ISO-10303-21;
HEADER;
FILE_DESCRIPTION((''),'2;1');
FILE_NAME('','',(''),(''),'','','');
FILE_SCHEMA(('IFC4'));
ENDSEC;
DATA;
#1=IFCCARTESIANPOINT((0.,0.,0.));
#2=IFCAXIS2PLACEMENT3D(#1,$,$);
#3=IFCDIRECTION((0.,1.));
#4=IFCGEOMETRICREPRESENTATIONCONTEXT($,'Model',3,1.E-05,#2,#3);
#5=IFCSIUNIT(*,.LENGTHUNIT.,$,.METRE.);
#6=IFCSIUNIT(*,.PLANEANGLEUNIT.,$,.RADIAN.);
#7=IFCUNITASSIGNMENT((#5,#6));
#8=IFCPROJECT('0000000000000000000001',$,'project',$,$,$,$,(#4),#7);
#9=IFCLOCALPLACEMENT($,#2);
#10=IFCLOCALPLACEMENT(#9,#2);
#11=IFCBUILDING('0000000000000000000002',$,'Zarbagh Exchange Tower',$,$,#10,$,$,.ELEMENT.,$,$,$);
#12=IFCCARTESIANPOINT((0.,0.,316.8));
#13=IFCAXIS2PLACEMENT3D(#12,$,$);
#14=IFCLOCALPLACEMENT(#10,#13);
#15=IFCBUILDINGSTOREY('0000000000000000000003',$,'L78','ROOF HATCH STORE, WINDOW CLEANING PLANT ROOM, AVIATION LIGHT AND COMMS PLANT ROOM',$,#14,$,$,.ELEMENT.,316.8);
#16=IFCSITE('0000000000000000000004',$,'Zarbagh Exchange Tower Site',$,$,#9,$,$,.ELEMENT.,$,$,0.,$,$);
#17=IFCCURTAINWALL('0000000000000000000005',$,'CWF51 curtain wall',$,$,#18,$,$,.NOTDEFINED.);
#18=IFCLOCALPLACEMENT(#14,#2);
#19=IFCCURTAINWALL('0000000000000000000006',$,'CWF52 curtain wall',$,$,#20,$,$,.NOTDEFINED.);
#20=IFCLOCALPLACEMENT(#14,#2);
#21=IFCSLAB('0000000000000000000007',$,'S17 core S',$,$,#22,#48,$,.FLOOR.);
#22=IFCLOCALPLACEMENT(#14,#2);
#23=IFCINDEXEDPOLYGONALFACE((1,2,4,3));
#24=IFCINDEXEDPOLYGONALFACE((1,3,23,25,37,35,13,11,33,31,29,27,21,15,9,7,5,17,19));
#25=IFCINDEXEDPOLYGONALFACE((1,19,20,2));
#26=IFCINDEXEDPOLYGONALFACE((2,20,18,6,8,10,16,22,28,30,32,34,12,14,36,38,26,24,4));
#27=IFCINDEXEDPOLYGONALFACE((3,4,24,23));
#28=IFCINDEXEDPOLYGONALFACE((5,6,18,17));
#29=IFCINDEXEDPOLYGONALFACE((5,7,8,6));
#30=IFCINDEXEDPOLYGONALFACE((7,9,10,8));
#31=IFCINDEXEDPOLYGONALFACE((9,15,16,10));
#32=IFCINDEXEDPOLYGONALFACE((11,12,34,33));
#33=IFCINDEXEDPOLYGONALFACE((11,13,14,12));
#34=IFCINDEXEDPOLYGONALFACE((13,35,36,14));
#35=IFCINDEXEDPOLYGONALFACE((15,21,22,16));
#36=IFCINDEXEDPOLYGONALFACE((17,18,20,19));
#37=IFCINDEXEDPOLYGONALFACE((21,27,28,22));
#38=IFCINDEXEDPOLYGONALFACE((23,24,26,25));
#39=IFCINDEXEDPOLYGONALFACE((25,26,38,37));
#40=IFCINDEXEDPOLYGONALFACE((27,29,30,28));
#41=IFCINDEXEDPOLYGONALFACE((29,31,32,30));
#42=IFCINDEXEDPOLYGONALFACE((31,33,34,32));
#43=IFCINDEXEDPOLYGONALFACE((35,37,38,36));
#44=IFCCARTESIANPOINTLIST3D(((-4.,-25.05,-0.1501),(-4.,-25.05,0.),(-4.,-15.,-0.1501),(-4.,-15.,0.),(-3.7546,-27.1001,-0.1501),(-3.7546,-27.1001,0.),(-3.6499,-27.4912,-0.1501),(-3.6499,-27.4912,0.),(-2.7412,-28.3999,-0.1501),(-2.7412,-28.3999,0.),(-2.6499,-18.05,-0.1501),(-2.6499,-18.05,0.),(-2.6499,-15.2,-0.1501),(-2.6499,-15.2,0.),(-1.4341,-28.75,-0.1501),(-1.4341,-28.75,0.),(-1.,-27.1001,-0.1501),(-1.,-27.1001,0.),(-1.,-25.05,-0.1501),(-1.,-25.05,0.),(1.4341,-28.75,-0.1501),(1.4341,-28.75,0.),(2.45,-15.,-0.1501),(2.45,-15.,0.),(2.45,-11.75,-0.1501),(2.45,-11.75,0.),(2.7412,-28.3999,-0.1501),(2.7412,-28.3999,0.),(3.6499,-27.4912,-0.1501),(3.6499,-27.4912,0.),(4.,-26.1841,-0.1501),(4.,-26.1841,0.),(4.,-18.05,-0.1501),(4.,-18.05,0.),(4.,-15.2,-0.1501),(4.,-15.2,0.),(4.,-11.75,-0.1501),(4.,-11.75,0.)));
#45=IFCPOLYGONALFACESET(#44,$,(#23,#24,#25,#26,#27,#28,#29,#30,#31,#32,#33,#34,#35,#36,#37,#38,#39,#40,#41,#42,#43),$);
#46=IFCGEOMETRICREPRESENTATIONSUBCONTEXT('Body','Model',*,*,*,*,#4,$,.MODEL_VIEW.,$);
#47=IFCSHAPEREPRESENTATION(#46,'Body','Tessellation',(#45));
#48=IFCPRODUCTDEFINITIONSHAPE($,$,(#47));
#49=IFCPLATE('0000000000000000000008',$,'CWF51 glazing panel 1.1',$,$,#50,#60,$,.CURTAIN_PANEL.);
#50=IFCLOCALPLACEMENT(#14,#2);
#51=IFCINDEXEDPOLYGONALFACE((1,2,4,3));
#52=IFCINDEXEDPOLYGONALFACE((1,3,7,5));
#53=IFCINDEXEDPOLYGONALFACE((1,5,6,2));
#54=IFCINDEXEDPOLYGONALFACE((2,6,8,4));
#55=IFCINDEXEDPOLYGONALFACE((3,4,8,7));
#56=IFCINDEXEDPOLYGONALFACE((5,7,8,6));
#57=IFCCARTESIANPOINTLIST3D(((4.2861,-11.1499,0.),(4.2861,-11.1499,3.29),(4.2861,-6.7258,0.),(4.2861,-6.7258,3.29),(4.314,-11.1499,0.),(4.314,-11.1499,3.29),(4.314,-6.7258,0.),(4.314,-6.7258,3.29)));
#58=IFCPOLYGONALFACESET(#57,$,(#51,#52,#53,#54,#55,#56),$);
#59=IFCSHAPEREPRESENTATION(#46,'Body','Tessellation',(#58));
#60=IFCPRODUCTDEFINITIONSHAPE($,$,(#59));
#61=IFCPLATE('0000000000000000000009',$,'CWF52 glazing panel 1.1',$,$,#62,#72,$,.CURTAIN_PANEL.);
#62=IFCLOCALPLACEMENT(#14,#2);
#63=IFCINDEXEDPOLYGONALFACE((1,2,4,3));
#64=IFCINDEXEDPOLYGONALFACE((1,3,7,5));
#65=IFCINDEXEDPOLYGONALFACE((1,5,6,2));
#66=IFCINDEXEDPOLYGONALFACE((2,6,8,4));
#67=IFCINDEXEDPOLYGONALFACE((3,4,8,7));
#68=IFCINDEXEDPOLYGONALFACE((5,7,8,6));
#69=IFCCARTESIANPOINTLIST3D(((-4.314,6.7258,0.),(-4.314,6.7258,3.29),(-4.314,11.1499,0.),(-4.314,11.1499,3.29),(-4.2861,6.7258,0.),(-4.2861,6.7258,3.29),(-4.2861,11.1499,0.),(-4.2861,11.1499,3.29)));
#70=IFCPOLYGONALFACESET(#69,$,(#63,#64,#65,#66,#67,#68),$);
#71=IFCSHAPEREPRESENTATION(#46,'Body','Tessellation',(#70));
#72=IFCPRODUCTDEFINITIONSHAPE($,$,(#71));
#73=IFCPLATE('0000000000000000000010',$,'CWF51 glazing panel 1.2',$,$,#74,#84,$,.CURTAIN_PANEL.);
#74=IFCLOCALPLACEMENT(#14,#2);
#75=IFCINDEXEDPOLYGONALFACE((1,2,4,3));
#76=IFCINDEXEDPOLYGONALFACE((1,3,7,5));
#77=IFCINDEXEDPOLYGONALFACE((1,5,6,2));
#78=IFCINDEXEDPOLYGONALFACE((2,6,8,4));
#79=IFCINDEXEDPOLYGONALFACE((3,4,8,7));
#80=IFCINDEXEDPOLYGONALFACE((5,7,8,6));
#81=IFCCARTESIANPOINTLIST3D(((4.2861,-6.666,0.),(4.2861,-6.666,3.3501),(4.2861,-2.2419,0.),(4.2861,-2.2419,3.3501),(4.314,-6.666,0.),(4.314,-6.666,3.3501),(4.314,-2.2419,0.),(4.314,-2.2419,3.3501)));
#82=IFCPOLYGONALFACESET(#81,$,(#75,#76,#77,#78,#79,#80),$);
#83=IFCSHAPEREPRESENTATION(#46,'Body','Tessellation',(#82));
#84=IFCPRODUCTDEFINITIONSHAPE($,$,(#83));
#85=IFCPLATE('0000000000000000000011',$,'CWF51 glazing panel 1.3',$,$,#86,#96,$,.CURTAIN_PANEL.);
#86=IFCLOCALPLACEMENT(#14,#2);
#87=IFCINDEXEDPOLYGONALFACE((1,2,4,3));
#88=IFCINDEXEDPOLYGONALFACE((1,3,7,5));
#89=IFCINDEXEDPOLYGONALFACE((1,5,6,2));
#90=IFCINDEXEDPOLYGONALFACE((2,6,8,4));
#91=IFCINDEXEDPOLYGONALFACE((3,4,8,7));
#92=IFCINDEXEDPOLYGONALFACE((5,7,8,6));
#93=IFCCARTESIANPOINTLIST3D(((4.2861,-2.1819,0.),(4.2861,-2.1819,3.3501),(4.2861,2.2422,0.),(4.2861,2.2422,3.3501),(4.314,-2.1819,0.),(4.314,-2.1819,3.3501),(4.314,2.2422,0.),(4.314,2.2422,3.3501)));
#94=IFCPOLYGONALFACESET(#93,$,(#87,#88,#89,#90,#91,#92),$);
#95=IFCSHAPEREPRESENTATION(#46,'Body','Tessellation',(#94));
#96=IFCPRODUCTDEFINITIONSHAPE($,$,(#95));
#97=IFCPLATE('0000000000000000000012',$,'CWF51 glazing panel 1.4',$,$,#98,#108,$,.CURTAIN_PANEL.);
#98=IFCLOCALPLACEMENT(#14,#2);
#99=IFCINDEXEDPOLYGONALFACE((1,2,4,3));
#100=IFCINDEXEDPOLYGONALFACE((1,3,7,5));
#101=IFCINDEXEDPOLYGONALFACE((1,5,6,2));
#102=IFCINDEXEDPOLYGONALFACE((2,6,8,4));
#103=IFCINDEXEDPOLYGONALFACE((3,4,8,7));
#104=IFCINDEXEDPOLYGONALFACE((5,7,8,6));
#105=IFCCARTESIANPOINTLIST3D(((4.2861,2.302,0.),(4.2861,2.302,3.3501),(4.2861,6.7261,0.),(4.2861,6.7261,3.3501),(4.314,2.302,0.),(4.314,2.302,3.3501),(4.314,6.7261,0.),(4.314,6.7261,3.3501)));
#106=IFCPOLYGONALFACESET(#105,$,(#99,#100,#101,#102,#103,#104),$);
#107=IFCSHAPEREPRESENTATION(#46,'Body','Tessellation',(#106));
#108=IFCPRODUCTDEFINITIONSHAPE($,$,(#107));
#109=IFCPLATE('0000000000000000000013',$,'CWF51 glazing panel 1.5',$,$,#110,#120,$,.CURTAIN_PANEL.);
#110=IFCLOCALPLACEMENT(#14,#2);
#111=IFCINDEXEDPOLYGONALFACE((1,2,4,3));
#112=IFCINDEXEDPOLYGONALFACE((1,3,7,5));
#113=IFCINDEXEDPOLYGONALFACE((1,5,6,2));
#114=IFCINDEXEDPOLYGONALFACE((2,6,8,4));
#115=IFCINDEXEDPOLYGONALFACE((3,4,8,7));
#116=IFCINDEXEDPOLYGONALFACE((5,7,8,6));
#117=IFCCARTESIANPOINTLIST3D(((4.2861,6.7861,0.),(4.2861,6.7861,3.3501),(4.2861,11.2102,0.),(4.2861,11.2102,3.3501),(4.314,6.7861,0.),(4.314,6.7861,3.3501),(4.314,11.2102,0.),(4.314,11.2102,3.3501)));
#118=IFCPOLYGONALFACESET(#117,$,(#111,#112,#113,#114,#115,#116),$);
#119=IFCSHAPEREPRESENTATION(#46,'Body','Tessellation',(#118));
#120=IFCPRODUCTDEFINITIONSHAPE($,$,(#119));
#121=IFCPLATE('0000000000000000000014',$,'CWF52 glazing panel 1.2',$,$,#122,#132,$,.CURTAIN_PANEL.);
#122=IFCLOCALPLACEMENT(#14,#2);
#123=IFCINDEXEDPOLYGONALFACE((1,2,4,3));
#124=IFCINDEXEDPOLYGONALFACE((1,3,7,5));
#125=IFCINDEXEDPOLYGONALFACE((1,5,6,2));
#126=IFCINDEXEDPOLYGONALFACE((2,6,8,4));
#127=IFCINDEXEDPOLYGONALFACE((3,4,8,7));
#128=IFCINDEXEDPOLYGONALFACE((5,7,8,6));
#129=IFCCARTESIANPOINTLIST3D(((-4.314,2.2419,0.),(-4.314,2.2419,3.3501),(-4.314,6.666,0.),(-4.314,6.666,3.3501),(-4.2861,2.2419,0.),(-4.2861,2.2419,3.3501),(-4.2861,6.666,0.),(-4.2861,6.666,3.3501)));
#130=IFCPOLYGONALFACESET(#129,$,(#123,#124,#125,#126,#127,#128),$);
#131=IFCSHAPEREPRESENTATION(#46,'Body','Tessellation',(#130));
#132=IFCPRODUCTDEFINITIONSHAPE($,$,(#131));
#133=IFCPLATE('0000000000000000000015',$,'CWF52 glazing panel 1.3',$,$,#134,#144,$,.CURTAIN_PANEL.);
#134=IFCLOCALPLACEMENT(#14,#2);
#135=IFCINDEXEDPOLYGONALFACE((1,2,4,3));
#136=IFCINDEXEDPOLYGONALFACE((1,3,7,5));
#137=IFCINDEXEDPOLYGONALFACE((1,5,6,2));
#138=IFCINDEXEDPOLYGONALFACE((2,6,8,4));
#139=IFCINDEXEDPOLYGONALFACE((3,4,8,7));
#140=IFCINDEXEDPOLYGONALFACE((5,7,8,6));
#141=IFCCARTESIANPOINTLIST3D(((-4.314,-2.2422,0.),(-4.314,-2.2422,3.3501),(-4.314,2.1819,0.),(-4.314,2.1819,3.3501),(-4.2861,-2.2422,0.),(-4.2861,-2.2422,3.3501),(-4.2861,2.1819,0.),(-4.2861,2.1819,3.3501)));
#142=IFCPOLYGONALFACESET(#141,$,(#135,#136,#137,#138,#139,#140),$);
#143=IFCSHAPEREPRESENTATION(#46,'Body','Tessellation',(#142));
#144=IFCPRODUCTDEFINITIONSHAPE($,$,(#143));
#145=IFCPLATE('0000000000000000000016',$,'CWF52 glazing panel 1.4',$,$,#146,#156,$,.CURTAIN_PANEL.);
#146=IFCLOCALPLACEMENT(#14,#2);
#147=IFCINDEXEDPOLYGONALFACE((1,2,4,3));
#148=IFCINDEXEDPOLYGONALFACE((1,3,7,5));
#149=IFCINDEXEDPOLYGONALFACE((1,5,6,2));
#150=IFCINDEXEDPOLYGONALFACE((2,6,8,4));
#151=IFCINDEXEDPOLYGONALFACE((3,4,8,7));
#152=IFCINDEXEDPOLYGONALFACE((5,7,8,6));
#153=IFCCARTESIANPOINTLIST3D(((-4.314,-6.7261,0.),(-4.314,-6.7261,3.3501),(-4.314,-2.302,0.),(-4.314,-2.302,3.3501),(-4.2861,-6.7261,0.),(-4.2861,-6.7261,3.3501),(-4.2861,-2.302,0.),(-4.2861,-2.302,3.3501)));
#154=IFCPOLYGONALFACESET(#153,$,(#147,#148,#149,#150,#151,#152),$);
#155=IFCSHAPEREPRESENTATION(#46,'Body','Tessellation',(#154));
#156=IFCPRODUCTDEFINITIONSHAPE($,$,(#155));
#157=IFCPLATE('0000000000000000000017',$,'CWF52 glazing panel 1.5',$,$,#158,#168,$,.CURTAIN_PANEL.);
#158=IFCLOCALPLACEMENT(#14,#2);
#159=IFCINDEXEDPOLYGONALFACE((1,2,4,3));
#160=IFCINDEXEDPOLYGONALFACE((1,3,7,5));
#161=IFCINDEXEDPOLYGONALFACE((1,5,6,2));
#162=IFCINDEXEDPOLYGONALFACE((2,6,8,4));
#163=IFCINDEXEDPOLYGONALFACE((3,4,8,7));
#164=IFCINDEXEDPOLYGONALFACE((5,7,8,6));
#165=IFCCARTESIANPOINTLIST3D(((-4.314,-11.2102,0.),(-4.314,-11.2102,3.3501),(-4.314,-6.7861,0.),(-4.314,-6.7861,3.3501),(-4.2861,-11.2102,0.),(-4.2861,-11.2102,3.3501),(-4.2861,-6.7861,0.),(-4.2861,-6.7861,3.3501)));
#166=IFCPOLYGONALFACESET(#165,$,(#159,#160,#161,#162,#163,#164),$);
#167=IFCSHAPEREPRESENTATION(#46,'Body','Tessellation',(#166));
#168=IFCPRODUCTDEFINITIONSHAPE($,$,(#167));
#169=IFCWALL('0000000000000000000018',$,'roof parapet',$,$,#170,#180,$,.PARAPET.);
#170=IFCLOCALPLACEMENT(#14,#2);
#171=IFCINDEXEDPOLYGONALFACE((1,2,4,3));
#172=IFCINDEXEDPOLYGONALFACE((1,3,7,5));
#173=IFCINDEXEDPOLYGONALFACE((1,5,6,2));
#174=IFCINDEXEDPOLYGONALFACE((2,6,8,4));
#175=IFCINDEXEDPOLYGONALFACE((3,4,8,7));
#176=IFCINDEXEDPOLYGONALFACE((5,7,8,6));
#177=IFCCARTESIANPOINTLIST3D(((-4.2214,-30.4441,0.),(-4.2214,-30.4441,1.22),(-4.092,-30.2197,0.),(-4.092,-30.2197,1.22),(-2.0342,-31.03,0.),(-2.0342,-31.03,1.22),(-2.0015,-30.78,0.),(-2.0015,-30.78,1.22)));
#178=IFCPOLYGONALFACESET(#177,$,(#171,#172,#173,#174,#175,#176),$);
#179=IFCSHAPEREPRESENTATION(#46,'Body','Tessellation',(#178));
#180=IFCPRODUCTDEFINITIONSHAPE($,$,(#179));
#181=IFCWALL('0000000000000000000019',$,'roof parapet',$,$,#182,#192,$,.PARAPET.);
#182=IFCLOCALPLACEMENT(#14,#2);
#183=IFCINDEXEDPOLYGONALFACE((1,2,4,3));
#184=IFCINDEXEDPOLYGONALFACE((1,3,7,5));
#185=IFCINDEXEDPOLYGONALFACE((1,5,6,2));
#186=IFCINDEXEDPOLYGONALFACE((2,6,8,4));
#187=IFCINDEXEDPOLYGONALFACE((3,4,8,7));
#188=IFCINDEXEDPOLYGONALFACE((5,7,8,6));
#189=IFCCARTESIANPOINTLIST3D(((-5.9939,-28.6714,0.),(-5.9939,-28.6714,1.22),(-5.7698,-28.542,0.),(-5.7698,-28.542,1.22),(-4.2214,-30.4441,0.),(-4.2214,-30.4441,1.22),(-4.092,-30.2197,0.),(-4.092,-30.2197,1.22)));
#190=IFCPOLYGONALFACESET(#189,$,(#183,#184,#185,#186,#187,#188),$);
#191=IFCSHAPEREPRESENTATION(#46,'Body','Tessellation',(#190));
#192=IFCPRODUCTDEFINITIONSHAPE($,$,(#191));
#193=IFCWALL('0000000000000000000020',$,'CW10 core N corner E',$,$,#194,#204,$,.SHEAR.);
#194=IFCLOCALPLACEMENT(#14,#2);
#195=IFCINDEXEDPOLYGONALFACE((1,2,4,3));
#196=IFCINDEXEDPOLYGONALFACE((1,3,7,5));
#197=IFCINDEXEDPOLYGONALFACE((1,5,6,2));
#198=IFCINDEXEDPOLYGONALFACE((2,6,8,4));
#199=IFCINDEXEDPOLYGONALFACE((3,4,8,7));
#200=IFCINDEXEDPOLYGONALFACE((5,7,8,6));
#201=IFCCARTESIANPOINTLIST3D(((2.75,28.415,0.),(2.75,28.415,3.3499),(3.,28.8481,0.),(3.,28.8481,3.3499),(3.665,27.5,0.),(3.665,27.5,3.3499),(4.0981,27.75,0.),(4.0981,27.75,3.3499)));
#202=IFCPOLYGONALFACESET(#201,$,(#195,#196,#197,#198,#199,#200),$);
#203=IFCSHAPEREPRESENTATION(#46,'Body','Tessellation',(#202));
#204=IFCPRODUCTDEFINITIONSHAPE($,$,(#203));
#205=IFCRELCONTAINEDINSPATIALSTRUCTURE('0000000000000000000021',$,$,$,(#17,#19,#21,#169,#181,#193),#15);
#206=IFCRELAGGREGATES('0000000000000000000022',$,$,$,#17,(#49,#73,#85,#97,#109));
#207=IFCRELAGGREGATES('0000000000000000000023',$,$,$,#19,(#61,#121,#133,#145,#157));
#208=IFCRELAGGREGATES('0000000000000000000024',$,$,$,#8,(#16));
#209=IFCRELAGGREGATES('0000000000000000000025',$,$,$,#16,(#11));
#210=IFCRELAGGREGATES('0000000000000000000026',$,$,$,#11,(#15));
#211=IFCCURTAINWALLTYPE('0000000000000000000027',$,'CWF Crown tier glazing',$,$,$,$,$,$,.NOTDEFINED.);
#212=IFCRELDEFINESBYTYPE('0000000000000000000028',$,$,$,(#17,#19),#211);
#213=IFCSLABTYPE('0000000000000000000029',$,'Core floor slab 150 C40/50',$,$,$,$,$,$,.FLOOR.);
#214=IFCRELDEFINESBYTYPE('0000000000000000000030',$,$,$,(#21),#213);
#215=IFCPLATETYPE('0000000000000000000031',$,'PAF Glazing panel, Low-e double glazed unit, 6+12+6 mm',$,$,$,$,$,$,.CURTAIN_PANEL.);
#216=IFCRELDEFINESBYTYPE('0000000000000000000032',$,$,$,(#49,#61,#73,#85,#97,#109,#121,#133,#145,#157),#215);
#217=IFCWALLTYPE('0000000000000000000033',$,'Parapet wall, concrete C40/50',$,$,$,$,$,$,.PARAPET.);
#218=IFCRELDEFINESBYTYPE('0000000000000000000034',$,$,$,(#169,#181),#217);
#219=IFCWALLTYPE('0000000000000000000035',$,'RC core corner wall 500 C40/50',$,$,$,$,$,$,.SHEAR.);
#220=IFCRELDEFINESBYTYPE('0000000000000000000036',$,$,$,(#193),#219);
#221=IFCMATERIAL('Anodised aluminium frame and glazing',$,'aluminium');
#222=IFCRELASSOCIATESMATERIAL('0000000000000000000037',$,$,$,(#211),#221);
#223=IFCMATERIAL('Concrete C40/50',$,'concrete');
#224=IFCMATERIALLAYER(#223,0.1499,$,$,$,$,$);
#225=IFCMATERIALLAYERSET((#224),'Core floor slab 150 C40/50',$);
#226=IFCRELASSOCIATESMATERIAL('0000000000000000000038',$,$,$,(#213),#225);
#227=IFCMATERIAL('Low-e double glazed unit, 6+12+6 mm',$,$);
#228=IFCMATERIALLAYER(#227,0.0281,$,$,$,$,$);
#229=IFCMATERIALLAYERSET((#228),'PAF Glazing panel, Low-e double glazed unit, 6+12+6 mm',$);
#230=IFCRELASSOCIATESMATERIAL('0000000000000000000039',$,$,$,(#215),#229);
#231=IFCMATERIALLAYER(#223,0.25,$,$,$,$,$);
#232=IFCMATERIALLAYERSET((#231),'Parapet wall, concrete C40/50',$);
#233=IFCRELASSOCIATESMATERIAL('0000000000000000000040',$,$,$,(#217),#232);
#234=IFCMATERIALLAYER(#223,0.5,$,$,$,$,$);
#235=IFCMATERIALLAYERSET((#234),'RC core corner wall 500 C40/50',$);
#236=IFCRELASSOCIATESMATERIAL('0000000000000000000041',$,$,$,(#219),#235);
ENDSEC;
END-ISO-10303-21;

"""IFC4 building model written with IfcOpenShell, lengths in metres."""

from ifc_helpers import new_model, si_unit, direction, frame, origin, place, context, subcontext, project, spatial, polyline, outline, extrude, source, transform, mapped, material, layer, layer_set, type_object, element, aggregate, save


model = new_model("IFC4")

# Units and contexts
model_context = context("Model", 3, precision=1e-05, world=origin(), true_north=direction((0.0, 1.0)))
body_context = subcontext(model_context, "Body", "Model", "MODEL_VIEW")
ifc_project = project(units=[si_unit("LENGTHUNIT", "METRE"), si_unit("PLANEANGLEUNIT", "RADIAN")], contexts=[model_context])

# Site, building, storey
site_placement = place(None, origin())
site = spatial("IfcSite", under=ifc_project, at=site_placement, Name="Zarbagh Exchange Tower Site", CompositionType="ELEMENT", RefElevation=0.0)
building_placement = place(site_placement, origin())
building = spatial("IfcBuilding", under=site, at=building_placement, Name="Zarbagh Exchange Tower", CompositionType="ELEMENT")
storey_placement = place(building_placement, frame((0.0, 0.0, 316.8)))
storey = spatial("IfcBuildingStorey", under=building, at=storey_placement, Name="L78", Description="ROOF HATCH STORE, WINDOW CLEANING PLANT ROOM, AVIATION LIGHT AND COMMS PLANT ROOM", CompositionType="ELEMENT", Elevation=316.8)

# Curtain walls
ifc_material_1 = material(Name="Anodised aluminium frame and glazing", Category="aluminium")
curtain_wall_type = type_object("IfcCurtainWallType", Name="CWF Crown tier glazing", PredefinedType="NOTDEFINED", material=ifc_material_1)
curtain_wall_1_placement = place(storey_placement, origin())
curtain_wall_1 = element("IfcCurtainWall", 1, at=curtain_wall_1_placement, inside=storey, type_object=curtain_wall_type, Name="CWF51 curtain wall", PredefinedType="NOTDEFINED")
placement = place(storey_placement, origin())
curtain_wall_2_placement = place(storey_placement, origin())
curtain_wall_2 = element("IfcCurtainWall", 2, at=curtain_wall_2_placement, inside=storey, type_object=curtain_wall_type, Name="CWF52 curtain wall", PredefinedType="NOTDEFINED")

# Slab
ifc_material_2 = material(Name="Concrete C40/50", Category="concrete")
ifc_layer_1 = layer(ifc_material_2, 0.1499)
ifc_layer_set_1 = layer_set([ifc_layer_1], Name="Core floor slab 150 C40/50")
slab_type = type_object("IfcSlabType", Name="Core floor slab 150 C40/50", PredefinedType="FLOOR", material=ifc_layer_set_1)
slab_1_placement = place(storey_placement, frame((0.0, 0.0, -0.1501)))
element("IfcSlab", 3, at=slab_1_placement, inside=storey, type_object=slab_type, Name="S17 core S", PredefinedType="FLOOR", context=body_context, shape_type="SweptSolid", body=[
    extrude(outline(polyline([(-2.7412, -28.3999), (-3.6499, -27.4912), (-3.8577, -26.7151), (-3.7546, -27.1001), (-1.0, -27.1001), (-1.0, -25.05), (-4.0, -25.05), (-4.0, -15.0), (2.45, -15.0), (2.45, -11.75), (4.0, -11.75), (4.0, -15.2), (-2.6499, -15.2), (-2.6499, -18.05), (4.0, -18.05), (4.0, -26.1841), (3.6499, -27.4912), (2.7412, -28.3999), (1.4341, -28.75), (-1.4341, -28.75), (-2.7412, -28.3999)])), origin(), (0.0, 0.0, 1.0), 0.1501),
])

# Plates
ifc_material_3 = material(Name="Low-e double glazed unit, 6+12+6 mm")
ifc_layer_2 = layer(ifc_material_3, 0.0281)
ifc_layer_set_2 = layer_set([ifc_layer_2], Name="PAF Glazing panel, Low-e double glazed unit, 6+12+6 mm")
plate_type = type_object("IfcPlateType", Name="PAF Glazing panel, Low-e double glazed unit, 6+12+6 mm", PredefinedType="CURTAIN_PANEL", material=ifc_layer_set_2)
shared_shape_1 = source(origin(), body_context, "Body", "SweptSolid", [
    extrude(outline(polyline([(0.0, -0.0139), (4.4241, -0.0139), (4.4241, 0.0139), (0.0, 0.0139), (0.0, -0.0139)])), origin(), (0.0, 0.0, 1.0), 3.29),
])
plate_1 = element("IfcPlate", 4, at=placement, type_object=plate_type, Name="CWF51 glazing panel 1.1", PredefinedType="CURTAIN_PANEL", context=body_context, shape_type="MappedRepresentation", body=[
    mapped(shared_shape_1, transform((4.3, -11.1499, 0.0), x_axis=(0.0, 1.0, 0.0), y_axis=(-1.0, 0.0, 0.0), z_axis=(0.0, 0.0, 1.0))),
])
plate_2 = element("IfcPlate", 5, at=placement, type_object=plate_type, Name="CWF52 glazing panel 1.1", PredefinedType="CURTAIN_PANEL", context=body_context, shape_type="MappedRepresentation", body=[
    mapped(shared_shape_1, transform((-4.3, 11.1499, 0.0), x_axis=(0.0, -1.0, 0.0), y_axis=(1.0, 0.0, 0.0), z_axis=(0.0, 0.0, 1.0))),
])
shared_shape_2 = source(origin(), body_context, "Body", "SweptSolid", [
    extrude(outline(polyline([(0.0, -0.0139), (4.4241, -0.0139), (4.4241, 0.0139), (0.0, 0.0139), (0.0, -0.0139)])), origin(), (0.0, 0.0, 1.0), 3.3501),
])
plate_3 = element("IfcPlate", 6, at=placement, type_object=plate_type, Name="CWF51 glazing panel 1.2", PredefinedType="CURTAIN_PANEL", context=body_context, shape_type="MappedRepresentation", body=[
    mapped(shared_shape_2, transform((4.3, -6.666, 0.0), x_axis=(0.0, 1.0, 0.0), y_axis=(-1.0, 0.0, 0.0), z_axis=(0.0, 0.0, 1.0))),
])
plate_4 = element("IfcPlate", 7, at=placement, type_object=plate_type, Name="CWF51 glazing panel 1.3", PredefinedType="CURTAIN_PANEL", context=body_context, shape_type="MappedRepresentation", body=[
    mapped(shared_shape_2, transform((4.3, -2.1819, 0.0), x_axis=(0.0, 1.0, 0.0), y_axis=(-1.0, 0.0, 0.0), z_axis=(0.0, 0.0, 1.0))),
])
plate_5 = element("IfcPlate", 8, at=placement, type_object=plate_type, Name="CWF51 glazing panel 1.4", PredefinedType="CURTAIN_PANEL", context=body_context, shape_type="MappedRepresentation", body=[
    mapped(shared_shape_2, transform((4.3, 2.302, 0.0), x_axis=(0.0, 1.0, 0.0), y_axis=(-1.0, 0.0, 0.0), z_axis=(0.0, 0.0, 1.0))),
])
plate_6 = element("IfcPlate", 9, at=placement, type_object=plate_type, Name="CWF51 glazing panel 1.5", PredefinedType="CURTAIN_PANEL", context=body_context, shape_type="MappedRepresentation", body=[
    mapped(shared_shape_2, transform((4.3, 6.7861, 0.0), x_axis=(0.0, 1.0, 0.0), y_axis=(-1.0, 0.0, 0.0), z_axis=(0.0, 0.0, 1.0))),
])
aggregate(curtain_wall_1, [plate_1, plate_3, plate_4, plate_5, plate_6])
plate_7 = element("IfcPlate", 10, at=placement, type_object=plate_type, Name="CWF52 glazing panel 1.2", PredefinedType="CURTAIN_PANEL", context=body_context, shape_type="MappedRepresentation", body=[
    mapped(shared_shape_2, transform((-4.3, 6.666, 0.0), x_axis=(0.0, -1.0, 0.0), y_axis=(1.0, 0.0, 0.0), z_axis=(0.0, 0.0, 1.0))),
])
plate_8 = element("IfcPlate", 11, at=placement, type_object=plate_type, Name="CWF52 glazing panel 1.3", PredefinedType="CURTAIN_PANEL", context=body_context, shape_type="MappedRepresentation", body=[
    mapped(shared_shape_2, transform((-4.3, 2.1819, 0.0), x_axis=(0.0, -1.0, 0.0), y_axis=(1.0, 0.0, 0.0), z_axis=(0.0, 0.0, 1.0))),
])
plate_9 = element("IfcPlate", 12, at=placement, type_object=plate_type, Name="CWF52 glazing panel 1.4", PredefinedType="CURTAIN_PANEL", context=body_context, shape_type="MappedRepresentation", body=[
    mapped(shared_shape_2, transform((-4.3, -2.302, 0.0), x_axis=(0.0, -1.0, 0.0), y_axis=(1.0, 0.0, 0.0), z_axis=(0.0, 0.0, 1.0))),
])
plate_10 = element("IfcPlate", 13, at=placement, type_object=plate_type, Name="CWF52 glazing panel 1.5", PredefinedType="CURTAIN_PANEL", context=body_context, shape_type="MappedRepresentation", body=[
    mapped(shared_shape_2, transform((-4.3, -6.7861, 0.0), x_axis=(0.0, -1.0, 0.0), y_axis=(1.0, 0.0, 0.0), z_axis=(0.0, 0.0, 1.0))),
])
aggregate(curtain_wall_2, [plate_2, plate_7, plate_8, plate_9, plate_10])

# Walls
ifc_layer_3 = layer(ifc_material_2, 0.25)
ifc_layer_set_3 = layer_set([ifc_layer_3], Name="Parapet wall, concrete C40/50")
wall_type_1 = type_object("IfcWallType", Name="Parapet wall, concrete C40/50", PredefinedType="PARAPET", material=ifc_layer_set_3)
wall_1_placement = place(storey_placement, origin())
element("IfcWall", 14, at=wall_1_placement, inside=storey, type_object=wall_type_1, Name="roof parapet", PredefinedType="PARAPET", context=body_context, shape_type="SweptSolid", body=[
    extrude(outline(polyline([(-2.0342, -31.03), (-4.2214, -30.4441), (-4.092, -30.2197), (-2.0015, -30.78), (-2.0342, -31.03)])), origin(), (0.0, 0.0, 1.0), 1.22),
])
wall_2_placement = place(storey_placement, origin())
element("IfcWall", 15, at=wall_2_placement, inside=storey, type_object=wall_type_1, Name="roof parapet", PredefinedType="PARAPET", context=body_context, shape_type="SweptSolid", body=[
    extrude(outline(polyline([(-4.2214, -30.4441), (-5.9939, -28.6714), (-5.7698, -28.542), (-4.092, -30.2197), (-4.2214, -30.4441)])), origin(), (0.0, 0.0, 1.0), 1.22),
])
ifc_layer_4 = layer(ifc_material_2, 0.5)
ifc_layer_set_4 = layer_set([ifc_layer_4], Name="RC core corner wall 500 C40/50")
wall_type_2 = type_object("IfcWallType", Name="RC core corner wall 500 C40/50", PredefinedType="SHEAR", material=ifc_layer_set_4)
wall_3_placement = place(storey_placement, origin())
element("IfcWall", 16, at=wall_3_placement, inside=storey, type_object=wall_type_2, Name="CW10 core N corner E", PredefinedType="SHEAR", context=body_context, shape_type="SweptSolid", body=[
    extrude(outline(polyline([(4.0981, 27.75), (3.0, 28.8481), (2.75, 28.415), (3.665, 27.5), (4.0981, 27.75)])), origin(), (0.0, 0.0, 1.0), 3.3499),
])

save(model, "model.ifc")
